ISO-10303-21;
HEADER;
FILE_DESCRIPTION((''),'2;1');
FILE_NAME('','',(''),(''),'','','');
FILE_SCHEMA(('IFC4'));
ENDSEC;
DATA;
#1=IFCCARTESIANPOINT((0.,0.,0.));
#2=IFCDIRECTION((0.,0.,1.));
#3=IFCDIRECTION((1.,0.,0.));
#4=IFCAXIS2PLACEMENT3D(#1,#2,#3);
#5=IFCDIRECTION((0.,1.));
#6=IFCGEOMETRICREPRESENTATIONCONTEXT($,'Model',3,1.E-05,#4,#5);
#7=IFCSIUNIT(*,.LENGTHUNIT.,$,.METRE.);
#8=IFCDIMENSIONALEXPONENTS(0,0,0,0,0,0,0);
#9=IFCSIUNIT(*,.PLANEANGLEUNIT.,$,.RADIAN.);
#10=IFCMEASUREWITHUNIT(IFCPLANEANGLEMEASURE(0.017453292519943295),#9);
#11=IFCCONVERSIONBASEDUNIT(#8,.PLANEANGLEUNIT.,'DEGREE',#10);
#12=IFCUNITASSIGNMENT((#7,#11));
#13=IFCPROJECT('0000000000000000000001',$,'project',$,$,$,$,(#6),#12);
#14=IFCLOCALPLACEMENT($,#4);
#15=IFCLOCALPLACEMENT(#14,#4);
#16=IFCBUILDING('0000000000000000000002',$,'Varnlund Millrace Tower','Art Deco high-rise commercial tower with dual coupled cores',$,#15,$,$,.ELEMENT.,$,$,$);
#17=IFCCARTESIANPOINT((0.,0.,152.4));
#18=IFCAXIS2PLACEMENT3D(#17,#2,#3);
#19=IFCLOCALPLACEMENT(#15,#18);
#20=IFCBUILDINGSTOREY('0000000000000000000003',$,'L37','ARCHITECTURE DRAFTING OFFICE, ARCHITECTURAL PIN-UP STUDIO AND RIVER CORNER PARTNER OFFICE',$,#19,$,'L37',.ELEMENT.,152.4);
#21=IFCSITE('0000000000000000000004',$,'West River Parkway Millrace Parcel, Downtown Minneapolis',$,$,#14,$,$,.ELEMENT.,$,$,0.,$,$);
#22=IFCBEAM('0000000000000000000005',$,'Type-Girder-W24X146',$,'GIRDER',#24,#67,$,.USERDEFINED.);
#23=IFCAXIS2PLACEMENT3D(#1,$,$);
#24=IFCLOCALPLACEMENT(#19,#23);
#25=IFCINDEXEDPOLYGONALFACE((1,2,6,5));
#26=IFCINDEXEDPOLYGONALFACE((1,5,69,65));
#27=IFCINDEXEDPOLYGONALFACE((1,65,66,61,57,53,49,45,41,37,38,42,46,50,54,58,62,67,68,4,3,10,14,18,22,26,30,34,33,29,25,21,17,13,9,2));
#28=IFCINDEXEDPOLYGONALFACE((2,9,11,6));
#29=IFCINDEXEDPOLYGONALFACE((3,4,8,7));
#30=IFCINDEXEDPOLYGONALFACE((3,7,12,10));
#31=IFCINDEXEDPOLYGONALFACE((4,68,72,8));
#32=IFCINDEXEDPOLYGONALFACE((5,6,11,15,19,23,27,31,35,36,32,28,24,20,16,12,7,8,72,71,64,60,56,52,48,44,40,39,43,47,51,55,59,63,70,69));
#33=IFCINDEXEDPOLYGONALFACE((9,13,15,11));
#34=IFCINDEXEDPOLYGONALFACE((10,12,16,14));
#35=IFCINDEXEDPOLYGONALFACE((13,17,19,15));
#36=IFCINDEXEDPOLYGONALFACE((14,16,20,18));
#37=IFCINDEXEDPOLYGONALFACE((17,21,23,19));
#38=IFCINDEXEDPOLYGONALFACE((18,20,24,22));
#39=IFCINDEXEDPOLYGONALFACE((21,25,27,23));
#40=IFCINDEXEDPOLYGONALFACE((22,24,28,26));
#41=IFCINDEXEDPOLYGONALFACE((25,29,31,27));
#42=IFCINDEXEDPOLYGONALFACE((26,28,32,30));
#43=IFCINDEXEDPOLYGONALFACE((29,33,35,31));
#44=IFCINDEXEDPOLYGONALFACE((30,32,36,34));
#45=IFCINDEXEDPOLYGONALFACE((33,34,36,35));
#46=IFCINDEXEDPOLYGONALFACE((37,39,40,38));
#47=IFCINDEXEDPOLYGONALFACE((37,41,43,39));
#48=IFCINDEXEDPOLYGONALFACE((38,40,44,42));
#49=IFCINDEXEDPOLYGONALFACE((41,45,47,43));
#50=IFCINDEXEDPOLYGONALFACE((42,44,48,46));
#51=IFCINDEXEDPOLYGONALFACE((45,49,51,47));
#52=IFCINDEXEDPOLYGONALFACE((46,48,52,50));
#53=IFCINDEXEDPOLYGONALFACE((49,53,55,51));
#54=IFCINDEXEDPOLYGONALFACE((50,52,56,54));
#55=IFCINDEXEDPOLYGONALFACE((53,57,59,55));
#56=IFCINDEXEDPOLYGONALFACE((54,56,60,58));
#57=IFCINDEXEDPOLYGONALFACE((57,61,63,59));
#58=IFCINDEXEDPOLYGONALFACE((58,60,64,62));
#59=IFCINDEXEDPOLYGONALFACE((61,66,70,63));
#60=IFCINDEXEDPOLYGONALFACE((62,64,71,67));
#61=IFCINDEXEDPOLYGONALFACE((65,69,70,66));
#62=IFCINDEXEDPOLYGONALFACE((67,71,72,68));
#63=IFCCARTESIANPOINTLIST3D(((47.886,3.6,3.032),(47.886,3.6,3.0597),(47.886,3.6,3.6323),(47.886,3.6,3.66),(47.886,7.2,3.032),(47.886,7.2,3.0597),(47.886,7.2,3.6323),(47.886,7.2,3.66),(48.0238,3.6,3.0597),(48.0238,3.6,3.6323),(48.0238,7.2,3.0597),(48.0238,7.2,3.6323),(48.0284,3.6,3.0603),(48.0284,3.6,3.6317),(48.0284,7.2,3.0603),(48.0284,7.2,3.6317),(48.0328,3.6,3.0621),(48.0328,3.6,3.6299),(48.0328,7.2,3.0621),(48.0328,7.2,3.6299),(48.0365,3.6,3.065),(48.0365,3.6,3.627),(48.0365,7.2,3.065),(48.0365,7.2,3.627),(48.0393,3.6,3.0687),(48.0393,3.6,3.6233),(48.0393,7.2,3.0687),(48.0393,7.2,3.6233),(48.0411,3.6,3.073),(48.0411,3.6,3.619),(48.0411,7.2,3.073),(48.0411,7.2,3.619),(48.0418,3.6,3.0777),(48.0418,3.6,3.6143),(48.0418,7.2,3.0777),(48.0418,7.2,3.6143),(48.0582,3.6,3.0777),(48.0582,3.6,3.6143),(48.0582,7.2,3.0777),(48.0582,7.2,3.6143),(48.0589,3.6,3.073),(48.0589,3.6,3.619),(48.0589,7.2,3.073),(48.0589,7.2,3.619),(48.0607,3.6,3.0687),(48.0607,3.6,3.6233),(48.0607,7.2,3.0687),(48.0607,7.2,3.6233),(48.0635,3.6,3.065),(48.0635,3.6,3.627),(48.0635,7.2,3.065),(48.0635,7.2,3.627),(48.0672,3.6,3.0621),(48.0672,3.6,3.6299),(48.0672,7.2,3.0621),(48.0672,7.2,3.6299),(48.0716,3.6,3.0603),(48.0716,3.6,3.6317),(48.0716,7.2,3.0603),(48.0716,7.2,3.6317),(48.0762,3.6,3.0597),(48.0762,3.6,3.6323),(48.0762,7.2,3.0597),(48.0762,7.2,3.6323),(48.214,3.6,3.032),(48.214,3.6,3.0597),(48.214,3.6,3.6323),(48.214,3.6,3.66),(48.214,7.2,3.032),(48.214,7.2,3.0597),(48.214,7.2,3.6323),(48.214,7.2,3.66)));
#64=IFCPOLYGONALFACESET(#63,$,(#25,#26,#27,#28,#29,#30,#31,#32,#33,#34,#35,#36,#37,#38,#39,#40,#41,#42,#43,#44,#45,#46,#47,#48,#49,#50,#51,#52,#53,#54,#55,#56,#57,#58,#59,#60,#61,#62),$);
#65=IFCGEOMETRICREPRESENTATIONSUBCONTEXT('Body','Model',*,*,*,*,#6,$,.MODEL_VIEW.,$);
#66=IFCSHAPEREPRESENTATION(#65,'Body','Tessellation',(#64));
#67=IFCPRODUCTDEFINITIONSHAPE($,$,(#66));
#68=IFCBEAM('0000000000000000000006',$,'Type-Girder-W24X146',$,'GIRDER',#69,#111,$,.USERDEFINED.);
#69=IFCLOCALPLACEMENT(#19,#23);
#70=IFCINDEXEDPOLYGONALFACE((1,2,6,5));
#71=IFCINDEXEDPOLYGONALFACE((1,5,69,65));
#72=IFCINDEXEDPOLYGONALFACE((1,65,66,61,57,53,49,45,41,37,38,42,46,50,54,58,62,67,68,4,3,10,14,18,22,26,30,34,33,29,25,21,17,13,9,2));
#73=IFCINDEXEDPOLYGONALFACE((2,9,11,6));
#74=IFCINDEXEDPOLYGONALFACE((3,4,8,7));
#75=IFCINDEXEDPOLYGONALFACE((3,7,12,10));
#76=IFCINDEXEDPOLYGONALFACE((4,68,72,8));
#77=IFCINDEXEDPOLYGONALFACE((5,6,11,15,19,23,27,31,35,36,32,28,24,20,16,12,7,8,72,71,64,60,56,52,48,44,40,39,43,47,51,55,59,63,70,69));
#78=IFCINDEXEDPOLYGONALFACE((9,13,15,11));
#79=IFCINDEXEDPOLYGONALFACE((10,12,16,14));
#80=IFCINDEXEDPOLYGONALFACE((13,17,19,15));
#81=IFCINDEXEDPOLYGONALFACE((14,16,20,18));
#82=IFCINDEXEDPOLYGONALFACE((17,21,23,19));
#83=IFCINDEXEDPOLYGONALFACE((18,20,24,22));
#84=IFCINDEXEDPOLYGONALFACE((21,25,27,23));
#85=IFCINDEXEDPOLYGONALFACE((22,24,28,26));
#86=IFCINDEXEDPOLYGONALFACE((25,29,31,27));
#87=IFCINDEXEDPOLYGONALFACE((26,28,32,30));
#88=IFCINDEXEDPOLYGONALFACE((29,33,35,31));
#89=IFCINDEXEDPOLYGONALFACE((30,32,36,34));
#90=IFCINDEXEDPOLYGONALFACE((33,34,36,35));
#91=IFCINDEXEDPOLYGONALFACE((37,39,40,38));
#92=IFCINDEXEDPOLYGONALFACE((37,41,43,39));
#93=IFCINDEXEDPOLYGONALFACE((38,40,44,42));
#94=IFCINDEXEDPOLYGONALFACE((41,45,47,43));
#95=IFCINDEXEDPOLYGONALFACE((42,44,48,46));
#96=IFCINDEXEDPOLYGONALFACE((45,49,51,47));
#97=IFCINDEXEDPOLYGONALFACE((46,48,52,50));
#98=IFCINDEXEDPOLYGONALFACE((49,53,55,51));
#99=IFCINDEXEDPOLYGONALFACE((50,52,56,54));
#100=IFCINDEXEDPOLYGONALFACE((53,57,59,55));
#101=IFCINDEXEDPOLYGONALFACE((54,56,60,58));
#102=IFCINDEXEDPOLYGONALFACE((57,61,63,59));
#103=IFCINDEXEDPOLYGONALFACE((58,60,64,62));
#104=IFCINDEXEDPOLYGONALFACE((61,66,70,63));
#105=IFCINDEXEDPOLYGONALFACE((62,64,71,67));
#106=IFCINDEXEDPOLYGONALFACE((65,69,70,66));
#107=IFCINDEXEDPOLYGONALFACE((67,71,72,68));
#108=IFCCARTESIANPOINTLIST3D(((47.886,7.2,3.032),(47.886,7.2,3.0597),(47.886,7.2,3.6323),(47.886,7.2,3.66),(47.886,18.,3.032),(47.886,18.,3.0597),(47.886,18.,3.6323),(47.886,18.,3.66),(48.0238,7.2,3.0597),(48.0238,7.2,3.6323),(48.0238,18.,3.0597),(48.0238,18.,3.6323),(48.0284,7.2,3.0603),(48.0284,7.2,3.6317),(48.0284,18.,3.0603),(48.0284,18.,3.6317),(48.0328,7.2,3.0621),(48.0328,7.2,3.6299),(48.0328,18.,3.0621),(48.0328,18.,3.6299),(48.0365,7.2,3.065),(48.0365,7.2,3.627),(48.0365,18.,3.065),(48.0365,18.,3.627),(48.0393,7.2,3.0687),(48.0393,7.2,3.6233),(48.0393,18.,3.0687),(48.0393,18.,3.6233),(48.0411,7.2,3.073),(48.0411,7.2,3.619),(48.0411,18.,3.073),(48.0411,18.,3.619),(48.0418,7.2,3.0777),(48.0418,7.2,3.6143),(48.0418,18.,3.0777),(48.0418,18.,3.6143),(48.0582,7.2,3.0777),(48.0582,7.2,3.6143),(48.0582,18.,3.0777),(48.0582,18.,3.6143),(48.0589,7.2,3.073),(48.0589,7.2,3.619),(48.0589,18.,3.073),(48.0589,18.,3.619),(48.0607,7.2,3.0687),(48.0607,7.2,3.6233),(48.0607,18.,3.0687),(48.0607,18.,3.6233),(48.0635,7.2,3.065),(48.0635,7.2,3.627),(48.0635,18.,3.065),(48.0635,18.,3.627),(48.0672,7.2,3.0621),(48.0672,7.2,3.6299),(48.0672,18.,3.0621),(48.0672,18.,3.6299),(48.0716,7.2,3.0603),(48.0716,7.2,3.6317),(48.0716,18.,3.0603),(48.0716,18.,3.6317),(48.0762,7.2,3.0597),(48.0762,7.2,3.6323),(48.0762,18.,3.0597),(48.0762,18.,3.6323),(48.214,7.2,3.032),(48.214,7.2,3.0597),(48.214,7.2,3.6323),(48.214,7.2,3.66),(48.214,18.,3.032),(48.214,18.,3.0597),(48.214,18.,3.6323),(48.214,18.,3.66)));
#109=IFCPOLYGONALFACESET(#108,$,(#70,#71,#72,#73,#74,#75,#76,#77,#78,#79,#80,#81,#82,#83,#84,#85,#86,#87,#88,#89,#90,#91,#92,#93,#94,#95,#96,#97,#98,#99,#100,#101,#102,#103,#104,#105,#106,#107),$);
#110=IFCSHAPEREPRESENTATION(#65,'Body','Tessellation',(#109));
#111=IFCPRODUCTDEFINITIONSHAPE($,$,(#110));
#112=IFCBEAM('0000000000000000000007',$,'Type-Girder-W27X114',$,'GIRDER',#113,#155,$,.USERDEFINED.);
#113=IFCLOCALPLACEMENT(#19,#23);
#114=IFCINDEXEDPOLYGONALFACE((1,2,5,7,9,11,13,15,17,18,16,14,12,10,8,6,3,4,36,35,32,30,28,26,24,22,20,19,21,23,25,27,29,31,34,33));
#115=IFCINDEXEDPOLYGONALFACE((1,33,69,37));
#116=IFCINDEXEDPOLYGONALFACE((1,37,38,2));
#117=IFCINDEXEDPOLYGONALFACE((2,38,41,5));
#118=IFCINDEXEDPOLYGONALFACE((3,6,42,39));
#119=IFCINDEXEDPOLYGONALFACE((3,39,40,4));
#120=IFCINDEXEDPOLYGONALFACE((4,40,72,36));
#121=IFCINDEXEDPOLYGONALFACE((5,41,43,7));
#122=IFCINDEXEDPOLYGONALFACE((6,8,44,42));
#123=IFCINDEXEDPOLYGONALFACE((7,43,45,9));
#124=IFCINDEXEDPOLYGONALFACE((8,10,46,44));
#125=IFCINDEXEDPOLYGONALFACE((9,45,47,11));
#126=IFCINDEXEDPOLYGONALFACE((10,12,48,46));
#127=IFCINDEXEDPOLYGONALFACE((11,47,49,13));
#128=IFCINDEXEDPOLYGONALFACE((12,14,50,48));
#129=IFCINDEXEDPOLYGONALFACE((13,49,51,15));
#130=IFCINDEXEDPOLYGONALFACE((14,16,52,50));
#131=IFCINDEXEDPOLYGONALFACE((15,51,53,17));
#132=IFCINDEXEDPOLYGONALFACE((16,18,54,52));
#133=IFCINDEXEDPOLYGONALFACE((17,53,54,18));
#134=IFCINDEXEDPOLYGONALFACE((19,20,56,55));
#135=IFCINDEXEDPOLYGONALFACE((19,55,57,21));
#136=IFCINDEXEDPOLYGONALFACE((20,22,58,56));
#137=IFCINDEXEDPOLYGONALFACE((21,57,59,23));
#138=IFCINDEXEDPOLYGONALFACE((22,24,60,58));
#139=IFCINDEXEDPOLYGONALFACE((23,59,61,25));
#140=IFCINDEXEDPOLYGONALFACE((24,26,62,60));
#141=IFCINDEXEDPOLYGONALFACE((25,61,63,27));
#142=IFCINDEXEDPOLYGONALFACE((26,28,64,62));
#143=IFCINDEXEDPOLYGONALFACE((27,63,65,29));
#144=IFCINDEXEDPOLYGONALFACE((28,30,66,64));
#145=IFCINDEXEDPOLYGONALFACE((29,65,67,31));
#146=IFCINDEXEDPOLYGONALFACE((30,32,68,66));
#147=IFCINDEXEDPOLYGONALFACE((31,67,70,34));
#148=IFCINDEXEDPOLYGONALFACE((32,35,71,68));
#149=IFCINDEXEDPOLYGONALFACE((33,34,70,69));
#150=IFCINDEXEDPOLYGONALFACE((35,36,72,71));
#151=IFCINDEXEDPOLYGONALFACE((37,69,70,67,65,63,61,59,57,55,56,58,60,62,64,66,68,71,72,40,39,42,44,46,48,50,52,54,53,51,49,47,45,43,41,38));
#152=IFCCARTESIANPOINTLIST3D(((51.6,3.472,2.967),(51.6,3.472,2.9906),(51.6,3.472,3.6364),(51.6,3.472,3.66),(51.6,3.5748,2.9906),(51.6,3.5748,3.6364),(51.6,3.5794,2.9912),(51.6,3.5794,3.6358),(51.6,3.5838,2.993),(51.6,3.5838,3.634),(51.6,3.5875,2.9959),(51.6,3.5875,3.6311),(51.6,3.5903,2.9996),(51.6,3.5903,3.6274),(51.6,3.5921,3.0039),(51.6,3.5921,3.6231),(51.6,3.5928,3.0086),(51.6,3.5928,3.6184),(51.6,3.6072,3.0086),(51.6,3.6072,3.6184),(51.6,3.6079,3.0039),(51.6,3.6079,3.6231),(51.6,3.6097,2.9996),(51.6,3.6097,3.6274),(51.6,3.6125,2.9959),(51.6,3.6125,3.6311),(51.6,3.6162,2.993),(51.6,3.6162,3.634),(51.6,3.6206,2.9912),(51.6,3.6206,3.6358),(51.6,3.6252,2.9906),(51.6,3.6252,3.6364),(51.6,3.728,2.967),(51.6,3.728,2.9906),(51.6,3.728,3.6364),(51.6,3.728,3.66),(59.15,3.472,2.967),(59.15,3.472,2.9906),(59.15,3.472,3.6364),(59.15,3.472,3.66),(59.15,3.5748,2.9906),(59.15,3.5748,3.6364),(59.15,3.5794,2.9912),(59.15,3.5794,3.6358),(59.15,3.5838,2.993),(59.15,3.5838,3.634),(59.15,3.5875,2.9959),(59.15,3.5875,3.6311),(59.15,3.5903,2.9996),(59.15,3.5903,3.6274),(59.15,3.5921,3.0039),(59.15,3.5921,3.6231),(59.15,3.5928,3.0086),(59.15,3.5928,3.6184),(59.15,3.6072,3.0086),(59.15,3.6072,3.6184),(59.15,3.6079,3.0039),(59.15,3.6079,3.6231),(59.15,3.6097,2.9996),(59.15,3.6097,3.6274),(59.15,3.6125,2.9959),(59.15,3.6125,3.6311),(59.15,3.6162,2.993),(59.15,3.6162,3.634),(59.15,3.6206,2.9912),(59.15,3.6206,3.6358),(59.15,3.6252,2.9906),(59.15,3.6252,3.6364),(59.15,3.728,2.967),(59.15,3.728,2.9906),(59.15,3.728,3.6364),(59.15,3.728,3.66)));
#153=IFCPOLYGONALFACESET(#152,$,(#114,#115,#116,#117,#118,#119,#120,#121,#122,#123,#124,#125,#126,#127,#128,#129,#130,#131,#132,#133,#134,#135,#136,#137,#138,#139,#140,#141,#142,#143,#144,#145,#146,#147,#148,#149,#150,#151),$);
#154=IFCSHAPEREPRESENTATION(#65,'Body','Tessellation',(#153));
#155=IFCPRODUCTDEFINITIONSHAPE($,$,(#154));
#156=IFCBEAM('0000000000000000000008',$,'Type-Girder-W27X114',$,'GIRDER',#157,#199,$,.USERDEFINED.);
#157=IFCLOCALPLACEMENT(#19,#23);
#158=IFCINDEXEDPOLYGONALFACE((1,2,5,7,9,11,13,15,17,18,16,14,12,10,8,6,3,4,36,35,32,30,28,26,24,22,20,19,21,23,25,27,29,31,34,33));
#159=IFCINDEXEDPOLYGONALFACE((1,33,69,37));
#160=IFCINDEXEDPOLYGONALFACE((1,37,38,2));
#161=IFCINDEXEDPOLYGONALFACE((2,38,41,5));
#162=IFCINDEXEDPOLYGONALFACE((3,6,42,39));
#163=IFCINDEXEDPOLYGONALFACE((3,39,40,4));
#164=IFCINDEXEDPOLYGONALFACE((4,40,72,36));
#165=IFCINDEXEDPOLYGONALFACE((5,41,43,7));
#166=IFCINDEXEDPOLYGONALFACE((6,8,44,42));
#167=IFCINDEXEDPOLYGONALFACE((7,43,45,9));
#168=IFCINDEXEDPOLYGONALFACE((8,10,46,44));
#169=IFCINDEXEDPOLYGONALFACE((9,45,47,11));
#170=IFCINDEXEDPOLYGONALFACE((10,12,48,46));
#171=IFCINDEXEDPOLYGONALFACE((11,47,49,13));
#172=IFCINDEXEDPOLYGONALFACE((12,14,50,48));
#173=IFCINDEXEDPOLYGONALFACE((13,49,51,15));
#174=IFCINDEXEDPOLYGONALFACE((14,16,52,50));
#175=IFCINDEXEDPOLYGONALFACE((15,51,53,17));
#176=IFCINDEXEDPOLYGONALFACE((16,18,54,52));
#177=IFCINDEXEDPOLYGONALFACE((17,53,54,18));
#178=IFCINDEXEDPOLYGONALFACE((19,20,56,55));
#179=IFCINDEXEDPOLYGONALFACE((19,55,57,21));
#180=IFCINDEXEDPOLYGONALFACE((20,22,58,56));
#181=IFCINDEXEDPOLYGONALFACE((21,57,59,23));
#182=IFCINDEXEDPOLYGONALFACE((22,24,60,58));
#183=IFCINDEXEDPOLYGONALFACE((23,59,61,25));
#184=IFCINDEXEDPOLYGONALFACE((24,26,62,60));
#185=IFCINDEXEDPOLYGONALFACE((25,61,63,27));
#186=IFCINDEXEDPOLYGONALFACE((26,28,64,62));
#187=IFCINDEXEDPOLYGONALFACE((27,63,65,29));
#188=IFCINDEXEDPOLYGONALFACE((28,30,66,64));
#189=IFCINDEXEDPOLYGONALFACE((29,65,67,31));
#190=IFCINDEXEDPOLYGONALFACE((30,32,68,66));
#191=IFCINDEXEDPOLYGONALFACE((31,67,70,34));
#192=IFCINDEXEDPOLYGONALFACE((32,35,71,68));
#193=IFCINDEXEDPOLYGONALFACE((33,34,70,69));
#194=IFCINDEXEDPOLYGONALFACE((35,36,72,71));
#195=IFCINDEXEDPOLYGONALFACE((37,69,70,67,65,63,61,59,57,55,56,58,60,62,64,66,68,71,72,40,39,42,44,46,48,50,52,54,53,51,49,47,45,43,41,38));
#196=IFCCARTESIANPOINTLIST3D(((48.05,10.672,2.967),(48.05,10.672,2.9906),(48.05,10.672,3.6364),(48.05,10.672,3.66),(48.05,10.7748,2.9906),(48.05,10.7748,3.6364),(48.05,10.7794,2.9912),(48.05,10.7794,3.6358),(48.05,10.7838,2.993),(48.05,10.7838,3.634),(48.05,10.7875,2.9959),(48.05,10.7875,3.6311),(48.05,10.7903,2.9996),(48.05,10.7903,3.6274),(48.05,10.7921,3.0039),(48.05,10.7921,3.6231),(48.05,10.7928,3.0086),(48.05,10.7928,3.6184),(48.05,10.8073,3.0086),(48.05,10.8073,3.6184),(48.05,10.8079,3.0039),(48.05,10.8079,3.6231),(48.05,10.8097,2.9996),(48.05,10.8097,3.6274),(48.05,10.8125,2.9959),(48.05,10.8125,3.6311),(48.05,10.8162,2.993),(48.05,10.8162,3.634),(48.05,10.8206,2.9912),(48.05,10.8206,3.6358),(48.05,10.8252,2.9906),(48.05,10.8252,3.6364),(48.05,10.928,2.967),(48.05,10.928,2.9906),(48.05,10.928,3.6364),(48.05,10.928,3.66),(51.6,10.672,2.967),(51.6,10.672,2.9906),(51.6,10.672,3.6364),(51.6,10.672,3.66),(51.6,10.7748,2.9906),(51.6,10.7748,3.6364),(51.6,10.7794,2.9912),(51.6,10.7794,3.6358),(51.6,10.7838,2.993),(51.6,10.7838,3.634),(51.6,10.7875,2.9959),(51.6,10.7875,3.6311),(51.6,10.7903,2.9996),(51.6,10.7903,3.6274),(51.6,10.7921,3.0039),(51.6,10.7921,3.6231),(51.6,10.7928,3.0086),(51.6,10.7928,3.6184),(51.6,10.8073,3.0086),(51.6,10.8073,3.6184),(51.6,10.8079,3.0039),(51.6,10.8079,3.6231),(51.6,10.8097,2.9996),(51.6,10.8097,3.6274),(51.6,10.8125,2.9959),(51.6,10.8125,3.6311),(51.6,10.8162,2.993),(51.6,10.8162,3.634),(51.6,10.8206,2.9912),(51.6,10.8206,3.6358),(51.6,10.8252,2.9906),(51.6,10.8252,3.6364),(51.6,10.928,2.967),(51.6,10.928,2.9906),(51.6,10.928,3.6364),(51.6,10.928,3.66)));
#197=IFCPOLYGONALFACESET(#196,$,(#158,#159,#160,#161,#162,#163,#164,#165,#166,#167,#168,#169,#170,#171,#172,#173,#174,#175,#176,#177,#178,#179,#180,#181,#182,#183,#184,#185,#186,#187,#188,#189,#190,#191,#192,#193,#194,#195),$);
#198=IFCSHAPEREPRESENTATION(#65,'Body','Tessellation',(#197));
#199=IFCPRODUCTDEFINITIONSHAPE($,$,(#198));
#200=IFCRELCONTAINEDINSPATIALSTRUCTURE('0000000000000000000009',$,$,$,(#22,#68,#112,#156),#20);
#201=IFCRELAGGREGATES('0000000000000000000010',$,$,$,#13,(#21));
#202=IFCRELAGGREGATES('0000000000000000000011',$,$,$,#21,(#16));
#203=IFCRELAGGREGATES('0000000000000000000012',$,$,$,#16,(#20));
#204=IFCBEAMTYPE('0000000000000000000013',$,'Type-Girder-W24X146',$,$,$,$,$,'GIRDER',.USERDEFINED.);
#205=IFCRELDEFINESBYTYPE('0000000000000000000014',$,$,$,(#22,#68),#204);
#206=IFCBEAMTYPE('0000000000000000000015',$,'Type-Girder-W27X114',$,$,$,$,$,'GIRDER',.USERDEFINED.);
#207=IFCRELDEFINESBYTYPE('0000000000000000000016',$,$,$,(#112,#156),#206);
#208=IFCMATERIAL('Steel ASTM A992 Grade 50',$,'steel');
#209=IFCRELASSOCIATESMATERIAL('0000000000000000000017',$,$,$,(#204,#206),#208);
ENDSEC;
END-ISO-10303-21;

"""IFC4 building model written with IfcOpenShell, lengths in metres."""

from ifc_helpers import new_model, entity, si_unit, converted_unit, direction, frame, origin_with_axes, origin_2d_with_axis, place, context, subcontext, project, spatial, i_section, extrude, material, material_profile, profile_set, type_object, element, save


model = new_model("IFC4")

# Units and contexts
model_context = context("Model", 3, precision=1e-05, world=origin_with_axes(), true_north=direction((0.0, 1.0)))
body_context = subcontext(model_context, "Body", "Model", "MODEL_VIEW")
ifc_project = project(units=[si_unit("LENGTHUNIT", "METRE"), converted_unit("PLANEANGLEUNIT", "DEGREE", entity("IfcPlaneAngleMeasure", 0.017453292519943295), si_unit("PLANEANGLEUNIT", "RADIAN"), dimensions=[0, 0, 0, 0, 0, 0, 0])], contexts=[model_context])

# Site, building, storey
site_placement = place(None, origin_with_axes())
site = spatial("IfcSite", under=ifc_project, at=site_placement, Name="West River Parkway Millrace Parcel, Downtown Minneapolis", CompositionType="ELEMENT", RefElevation=0.0)
building_placement = place(site_placement, origin_with_axes())
building = spatial("IfcBuilding", under=site, at=building_placement, Name="Varnlund Millrace Tower", Description="Art Deco high-rise commercial tower with dual coupled cores", CompositionType="ELEMENT")
storey_placement = place(building_placement, frame((0.0, 0.0, 152.4), z_axis=(0.0, 0.0, 1.0), x_axis=(1.0, 0.0, 0.0)))
storey = spatial("IfcBuildingStorey", under=building, at=storey_placement, Name="L37", Description="ARCHITECTURE DRAFTING OFFICE, ARCHITECTURAL PIN-UP STUDIO AND RIVER CORNER PARTNER OFFICE", LongName="L37", CompositionType="ELEMENT", Elevation=152.4)

# Beams
ifc_material_1 = material(Name="Steel ASTM A992 Grade 50", Category="steel")
ifc_material_profile_1 = material_profile(ifc_material_1, i_section(OverallWidth=0.328, OverallDepth=0.628, WebThickness=0.0165, FlangeThickness=0.0277, FilletRadius=0.018, at=origin_2d_with_axis()), Name="Steel ASTM A992 Grade 50")
ifc_profile_set_1 = profile_set([ifc_material_profile_1], Name="Steel ASTM A992 Grade 50")
beam_type_1 = type_object("IfcBeamType", Name="Type-Girder-W24X146", ElementType="GIRDER", PredefinedType="USERDEFINED", material=ifc_profile_set_1)
beam_1_placement = place(storey_placement, frame((48.05, 3.6, 3.346), z_axis=(0.0, 1.0, 0.0), x_axis=(-1.0, 0.0, 0.0)))
element("IfcBeam", 1, at=beam_1_placement, inside=storey, type_object=beam_type_1, Name="Type-Girder-W24X146", ObjectType="GIRDER", PredefinedType="USERDEFINED", context=body_context, shape_type="SweptSolid", body=[
    extrude(i_section(OverallWidth=0.328, OverallDepth=0.628, WebThickness=0.0165, FlangeThickness=0.0277, FilletRadius=0.018, at=origin_2d_with_axis()), origin_with_axes(), (0.0, 0.0, 1.0), 3.6),
])
beam_2_placement = place(storey_placement, frame((48.05, 7.2, 3.346), z_axis=(0.0, 1.0, 0.0), x_axis=(-1.0, 0.0, 0.0)))
element("IfcBeam", 2, at=beam_2_placement, inside=storey, type_object=beam_type_1, Name="Type-Girder-W24X146", ObjectType="GIRDER", PredefinedType="USERDEFINED", context=body_context, shape_type="SweptSolid", body=[
    extrude(i_section(OverallWidth=0.328, OverallDepth=0.628, WebThickness=0.0165, FlangeThickness=0.0277, FilletRadius=0.018, at=origin_2d_with_axis()), origin_with_axes(), (0.0, 0.0, 1.0), 10.8),
])
ifc_material_profile_2 = material_profile(ifc_material_1, i_section(OverallWidth=0.256, OverallDepth=0.693, WebThickness=0.0145, FlangeThickness=0.0236, FilletRadius=0.018, at=origin_2d_with_axis()), Name="Steel ASTM A992 Grade 50")
ifc_profile_set_2 = profile_set([ifc_material_profile_2], Name="Steel ASTM A992 Grade 50")
beam_type_2 = type_object("IfcBeamType", Name="Type-Girder-W27X114", ElementType="GIRDER", PredefinedType="USERDEFINED", material=ifc_profile_set_2)
beam_3_placement = place(storey_placement, frame((51.6, 3.6, 3.3135), z_axis=(1.0, 0.0, 0.0), x_axis=(0.0, 1.0, 0.0)))
element("IfcBeam", 3, at=beam_3_placement, inside=storey, type_object=beam_type_2, Name="Type-Girder-W27X114", ObjectType="GIRDER", PredefinedType="USERDEFINED", context=body_context, shape_type="SweptSolid", body=[
    extrude(i_section(OverallWidth=0.256, OverallDepth=0.693, WebThickness=0.0145, FlangeThickness=0.0236, FilletRadius=0.018, at=origin_2d_with_axis()), origin_with_axes(), (0.0, 0.0, 1.0), 7.55),
])
beam_4_placement = place(storey_placement, frame((48.05, 10.8, 3.3135), z_axis=(1.0, 0.0, 0.0), x_axis=(0.0, 1.0, 0.0)))
element("IfcBeam", 4, at=beam_4_placement, inside=storey, type_object=beam_type_2, Name="Type-Girder-W27X114", ObjectType="GIRDER", PredefinedType="USERDEFINED", context=body_context, shape_type="SweptSolid", body=[
    extrude(i_section(OverallWidth=0.256, OverallDepth=0.693, WebThickness=0.0145, FlangeThickness=0.0236, FilletRadius=0.018, at=origin_2d_with_axis()), origin_with_axes(), (0.0, 0.0, 1.0), 3.55),
])

save(model, "model.ifc")
